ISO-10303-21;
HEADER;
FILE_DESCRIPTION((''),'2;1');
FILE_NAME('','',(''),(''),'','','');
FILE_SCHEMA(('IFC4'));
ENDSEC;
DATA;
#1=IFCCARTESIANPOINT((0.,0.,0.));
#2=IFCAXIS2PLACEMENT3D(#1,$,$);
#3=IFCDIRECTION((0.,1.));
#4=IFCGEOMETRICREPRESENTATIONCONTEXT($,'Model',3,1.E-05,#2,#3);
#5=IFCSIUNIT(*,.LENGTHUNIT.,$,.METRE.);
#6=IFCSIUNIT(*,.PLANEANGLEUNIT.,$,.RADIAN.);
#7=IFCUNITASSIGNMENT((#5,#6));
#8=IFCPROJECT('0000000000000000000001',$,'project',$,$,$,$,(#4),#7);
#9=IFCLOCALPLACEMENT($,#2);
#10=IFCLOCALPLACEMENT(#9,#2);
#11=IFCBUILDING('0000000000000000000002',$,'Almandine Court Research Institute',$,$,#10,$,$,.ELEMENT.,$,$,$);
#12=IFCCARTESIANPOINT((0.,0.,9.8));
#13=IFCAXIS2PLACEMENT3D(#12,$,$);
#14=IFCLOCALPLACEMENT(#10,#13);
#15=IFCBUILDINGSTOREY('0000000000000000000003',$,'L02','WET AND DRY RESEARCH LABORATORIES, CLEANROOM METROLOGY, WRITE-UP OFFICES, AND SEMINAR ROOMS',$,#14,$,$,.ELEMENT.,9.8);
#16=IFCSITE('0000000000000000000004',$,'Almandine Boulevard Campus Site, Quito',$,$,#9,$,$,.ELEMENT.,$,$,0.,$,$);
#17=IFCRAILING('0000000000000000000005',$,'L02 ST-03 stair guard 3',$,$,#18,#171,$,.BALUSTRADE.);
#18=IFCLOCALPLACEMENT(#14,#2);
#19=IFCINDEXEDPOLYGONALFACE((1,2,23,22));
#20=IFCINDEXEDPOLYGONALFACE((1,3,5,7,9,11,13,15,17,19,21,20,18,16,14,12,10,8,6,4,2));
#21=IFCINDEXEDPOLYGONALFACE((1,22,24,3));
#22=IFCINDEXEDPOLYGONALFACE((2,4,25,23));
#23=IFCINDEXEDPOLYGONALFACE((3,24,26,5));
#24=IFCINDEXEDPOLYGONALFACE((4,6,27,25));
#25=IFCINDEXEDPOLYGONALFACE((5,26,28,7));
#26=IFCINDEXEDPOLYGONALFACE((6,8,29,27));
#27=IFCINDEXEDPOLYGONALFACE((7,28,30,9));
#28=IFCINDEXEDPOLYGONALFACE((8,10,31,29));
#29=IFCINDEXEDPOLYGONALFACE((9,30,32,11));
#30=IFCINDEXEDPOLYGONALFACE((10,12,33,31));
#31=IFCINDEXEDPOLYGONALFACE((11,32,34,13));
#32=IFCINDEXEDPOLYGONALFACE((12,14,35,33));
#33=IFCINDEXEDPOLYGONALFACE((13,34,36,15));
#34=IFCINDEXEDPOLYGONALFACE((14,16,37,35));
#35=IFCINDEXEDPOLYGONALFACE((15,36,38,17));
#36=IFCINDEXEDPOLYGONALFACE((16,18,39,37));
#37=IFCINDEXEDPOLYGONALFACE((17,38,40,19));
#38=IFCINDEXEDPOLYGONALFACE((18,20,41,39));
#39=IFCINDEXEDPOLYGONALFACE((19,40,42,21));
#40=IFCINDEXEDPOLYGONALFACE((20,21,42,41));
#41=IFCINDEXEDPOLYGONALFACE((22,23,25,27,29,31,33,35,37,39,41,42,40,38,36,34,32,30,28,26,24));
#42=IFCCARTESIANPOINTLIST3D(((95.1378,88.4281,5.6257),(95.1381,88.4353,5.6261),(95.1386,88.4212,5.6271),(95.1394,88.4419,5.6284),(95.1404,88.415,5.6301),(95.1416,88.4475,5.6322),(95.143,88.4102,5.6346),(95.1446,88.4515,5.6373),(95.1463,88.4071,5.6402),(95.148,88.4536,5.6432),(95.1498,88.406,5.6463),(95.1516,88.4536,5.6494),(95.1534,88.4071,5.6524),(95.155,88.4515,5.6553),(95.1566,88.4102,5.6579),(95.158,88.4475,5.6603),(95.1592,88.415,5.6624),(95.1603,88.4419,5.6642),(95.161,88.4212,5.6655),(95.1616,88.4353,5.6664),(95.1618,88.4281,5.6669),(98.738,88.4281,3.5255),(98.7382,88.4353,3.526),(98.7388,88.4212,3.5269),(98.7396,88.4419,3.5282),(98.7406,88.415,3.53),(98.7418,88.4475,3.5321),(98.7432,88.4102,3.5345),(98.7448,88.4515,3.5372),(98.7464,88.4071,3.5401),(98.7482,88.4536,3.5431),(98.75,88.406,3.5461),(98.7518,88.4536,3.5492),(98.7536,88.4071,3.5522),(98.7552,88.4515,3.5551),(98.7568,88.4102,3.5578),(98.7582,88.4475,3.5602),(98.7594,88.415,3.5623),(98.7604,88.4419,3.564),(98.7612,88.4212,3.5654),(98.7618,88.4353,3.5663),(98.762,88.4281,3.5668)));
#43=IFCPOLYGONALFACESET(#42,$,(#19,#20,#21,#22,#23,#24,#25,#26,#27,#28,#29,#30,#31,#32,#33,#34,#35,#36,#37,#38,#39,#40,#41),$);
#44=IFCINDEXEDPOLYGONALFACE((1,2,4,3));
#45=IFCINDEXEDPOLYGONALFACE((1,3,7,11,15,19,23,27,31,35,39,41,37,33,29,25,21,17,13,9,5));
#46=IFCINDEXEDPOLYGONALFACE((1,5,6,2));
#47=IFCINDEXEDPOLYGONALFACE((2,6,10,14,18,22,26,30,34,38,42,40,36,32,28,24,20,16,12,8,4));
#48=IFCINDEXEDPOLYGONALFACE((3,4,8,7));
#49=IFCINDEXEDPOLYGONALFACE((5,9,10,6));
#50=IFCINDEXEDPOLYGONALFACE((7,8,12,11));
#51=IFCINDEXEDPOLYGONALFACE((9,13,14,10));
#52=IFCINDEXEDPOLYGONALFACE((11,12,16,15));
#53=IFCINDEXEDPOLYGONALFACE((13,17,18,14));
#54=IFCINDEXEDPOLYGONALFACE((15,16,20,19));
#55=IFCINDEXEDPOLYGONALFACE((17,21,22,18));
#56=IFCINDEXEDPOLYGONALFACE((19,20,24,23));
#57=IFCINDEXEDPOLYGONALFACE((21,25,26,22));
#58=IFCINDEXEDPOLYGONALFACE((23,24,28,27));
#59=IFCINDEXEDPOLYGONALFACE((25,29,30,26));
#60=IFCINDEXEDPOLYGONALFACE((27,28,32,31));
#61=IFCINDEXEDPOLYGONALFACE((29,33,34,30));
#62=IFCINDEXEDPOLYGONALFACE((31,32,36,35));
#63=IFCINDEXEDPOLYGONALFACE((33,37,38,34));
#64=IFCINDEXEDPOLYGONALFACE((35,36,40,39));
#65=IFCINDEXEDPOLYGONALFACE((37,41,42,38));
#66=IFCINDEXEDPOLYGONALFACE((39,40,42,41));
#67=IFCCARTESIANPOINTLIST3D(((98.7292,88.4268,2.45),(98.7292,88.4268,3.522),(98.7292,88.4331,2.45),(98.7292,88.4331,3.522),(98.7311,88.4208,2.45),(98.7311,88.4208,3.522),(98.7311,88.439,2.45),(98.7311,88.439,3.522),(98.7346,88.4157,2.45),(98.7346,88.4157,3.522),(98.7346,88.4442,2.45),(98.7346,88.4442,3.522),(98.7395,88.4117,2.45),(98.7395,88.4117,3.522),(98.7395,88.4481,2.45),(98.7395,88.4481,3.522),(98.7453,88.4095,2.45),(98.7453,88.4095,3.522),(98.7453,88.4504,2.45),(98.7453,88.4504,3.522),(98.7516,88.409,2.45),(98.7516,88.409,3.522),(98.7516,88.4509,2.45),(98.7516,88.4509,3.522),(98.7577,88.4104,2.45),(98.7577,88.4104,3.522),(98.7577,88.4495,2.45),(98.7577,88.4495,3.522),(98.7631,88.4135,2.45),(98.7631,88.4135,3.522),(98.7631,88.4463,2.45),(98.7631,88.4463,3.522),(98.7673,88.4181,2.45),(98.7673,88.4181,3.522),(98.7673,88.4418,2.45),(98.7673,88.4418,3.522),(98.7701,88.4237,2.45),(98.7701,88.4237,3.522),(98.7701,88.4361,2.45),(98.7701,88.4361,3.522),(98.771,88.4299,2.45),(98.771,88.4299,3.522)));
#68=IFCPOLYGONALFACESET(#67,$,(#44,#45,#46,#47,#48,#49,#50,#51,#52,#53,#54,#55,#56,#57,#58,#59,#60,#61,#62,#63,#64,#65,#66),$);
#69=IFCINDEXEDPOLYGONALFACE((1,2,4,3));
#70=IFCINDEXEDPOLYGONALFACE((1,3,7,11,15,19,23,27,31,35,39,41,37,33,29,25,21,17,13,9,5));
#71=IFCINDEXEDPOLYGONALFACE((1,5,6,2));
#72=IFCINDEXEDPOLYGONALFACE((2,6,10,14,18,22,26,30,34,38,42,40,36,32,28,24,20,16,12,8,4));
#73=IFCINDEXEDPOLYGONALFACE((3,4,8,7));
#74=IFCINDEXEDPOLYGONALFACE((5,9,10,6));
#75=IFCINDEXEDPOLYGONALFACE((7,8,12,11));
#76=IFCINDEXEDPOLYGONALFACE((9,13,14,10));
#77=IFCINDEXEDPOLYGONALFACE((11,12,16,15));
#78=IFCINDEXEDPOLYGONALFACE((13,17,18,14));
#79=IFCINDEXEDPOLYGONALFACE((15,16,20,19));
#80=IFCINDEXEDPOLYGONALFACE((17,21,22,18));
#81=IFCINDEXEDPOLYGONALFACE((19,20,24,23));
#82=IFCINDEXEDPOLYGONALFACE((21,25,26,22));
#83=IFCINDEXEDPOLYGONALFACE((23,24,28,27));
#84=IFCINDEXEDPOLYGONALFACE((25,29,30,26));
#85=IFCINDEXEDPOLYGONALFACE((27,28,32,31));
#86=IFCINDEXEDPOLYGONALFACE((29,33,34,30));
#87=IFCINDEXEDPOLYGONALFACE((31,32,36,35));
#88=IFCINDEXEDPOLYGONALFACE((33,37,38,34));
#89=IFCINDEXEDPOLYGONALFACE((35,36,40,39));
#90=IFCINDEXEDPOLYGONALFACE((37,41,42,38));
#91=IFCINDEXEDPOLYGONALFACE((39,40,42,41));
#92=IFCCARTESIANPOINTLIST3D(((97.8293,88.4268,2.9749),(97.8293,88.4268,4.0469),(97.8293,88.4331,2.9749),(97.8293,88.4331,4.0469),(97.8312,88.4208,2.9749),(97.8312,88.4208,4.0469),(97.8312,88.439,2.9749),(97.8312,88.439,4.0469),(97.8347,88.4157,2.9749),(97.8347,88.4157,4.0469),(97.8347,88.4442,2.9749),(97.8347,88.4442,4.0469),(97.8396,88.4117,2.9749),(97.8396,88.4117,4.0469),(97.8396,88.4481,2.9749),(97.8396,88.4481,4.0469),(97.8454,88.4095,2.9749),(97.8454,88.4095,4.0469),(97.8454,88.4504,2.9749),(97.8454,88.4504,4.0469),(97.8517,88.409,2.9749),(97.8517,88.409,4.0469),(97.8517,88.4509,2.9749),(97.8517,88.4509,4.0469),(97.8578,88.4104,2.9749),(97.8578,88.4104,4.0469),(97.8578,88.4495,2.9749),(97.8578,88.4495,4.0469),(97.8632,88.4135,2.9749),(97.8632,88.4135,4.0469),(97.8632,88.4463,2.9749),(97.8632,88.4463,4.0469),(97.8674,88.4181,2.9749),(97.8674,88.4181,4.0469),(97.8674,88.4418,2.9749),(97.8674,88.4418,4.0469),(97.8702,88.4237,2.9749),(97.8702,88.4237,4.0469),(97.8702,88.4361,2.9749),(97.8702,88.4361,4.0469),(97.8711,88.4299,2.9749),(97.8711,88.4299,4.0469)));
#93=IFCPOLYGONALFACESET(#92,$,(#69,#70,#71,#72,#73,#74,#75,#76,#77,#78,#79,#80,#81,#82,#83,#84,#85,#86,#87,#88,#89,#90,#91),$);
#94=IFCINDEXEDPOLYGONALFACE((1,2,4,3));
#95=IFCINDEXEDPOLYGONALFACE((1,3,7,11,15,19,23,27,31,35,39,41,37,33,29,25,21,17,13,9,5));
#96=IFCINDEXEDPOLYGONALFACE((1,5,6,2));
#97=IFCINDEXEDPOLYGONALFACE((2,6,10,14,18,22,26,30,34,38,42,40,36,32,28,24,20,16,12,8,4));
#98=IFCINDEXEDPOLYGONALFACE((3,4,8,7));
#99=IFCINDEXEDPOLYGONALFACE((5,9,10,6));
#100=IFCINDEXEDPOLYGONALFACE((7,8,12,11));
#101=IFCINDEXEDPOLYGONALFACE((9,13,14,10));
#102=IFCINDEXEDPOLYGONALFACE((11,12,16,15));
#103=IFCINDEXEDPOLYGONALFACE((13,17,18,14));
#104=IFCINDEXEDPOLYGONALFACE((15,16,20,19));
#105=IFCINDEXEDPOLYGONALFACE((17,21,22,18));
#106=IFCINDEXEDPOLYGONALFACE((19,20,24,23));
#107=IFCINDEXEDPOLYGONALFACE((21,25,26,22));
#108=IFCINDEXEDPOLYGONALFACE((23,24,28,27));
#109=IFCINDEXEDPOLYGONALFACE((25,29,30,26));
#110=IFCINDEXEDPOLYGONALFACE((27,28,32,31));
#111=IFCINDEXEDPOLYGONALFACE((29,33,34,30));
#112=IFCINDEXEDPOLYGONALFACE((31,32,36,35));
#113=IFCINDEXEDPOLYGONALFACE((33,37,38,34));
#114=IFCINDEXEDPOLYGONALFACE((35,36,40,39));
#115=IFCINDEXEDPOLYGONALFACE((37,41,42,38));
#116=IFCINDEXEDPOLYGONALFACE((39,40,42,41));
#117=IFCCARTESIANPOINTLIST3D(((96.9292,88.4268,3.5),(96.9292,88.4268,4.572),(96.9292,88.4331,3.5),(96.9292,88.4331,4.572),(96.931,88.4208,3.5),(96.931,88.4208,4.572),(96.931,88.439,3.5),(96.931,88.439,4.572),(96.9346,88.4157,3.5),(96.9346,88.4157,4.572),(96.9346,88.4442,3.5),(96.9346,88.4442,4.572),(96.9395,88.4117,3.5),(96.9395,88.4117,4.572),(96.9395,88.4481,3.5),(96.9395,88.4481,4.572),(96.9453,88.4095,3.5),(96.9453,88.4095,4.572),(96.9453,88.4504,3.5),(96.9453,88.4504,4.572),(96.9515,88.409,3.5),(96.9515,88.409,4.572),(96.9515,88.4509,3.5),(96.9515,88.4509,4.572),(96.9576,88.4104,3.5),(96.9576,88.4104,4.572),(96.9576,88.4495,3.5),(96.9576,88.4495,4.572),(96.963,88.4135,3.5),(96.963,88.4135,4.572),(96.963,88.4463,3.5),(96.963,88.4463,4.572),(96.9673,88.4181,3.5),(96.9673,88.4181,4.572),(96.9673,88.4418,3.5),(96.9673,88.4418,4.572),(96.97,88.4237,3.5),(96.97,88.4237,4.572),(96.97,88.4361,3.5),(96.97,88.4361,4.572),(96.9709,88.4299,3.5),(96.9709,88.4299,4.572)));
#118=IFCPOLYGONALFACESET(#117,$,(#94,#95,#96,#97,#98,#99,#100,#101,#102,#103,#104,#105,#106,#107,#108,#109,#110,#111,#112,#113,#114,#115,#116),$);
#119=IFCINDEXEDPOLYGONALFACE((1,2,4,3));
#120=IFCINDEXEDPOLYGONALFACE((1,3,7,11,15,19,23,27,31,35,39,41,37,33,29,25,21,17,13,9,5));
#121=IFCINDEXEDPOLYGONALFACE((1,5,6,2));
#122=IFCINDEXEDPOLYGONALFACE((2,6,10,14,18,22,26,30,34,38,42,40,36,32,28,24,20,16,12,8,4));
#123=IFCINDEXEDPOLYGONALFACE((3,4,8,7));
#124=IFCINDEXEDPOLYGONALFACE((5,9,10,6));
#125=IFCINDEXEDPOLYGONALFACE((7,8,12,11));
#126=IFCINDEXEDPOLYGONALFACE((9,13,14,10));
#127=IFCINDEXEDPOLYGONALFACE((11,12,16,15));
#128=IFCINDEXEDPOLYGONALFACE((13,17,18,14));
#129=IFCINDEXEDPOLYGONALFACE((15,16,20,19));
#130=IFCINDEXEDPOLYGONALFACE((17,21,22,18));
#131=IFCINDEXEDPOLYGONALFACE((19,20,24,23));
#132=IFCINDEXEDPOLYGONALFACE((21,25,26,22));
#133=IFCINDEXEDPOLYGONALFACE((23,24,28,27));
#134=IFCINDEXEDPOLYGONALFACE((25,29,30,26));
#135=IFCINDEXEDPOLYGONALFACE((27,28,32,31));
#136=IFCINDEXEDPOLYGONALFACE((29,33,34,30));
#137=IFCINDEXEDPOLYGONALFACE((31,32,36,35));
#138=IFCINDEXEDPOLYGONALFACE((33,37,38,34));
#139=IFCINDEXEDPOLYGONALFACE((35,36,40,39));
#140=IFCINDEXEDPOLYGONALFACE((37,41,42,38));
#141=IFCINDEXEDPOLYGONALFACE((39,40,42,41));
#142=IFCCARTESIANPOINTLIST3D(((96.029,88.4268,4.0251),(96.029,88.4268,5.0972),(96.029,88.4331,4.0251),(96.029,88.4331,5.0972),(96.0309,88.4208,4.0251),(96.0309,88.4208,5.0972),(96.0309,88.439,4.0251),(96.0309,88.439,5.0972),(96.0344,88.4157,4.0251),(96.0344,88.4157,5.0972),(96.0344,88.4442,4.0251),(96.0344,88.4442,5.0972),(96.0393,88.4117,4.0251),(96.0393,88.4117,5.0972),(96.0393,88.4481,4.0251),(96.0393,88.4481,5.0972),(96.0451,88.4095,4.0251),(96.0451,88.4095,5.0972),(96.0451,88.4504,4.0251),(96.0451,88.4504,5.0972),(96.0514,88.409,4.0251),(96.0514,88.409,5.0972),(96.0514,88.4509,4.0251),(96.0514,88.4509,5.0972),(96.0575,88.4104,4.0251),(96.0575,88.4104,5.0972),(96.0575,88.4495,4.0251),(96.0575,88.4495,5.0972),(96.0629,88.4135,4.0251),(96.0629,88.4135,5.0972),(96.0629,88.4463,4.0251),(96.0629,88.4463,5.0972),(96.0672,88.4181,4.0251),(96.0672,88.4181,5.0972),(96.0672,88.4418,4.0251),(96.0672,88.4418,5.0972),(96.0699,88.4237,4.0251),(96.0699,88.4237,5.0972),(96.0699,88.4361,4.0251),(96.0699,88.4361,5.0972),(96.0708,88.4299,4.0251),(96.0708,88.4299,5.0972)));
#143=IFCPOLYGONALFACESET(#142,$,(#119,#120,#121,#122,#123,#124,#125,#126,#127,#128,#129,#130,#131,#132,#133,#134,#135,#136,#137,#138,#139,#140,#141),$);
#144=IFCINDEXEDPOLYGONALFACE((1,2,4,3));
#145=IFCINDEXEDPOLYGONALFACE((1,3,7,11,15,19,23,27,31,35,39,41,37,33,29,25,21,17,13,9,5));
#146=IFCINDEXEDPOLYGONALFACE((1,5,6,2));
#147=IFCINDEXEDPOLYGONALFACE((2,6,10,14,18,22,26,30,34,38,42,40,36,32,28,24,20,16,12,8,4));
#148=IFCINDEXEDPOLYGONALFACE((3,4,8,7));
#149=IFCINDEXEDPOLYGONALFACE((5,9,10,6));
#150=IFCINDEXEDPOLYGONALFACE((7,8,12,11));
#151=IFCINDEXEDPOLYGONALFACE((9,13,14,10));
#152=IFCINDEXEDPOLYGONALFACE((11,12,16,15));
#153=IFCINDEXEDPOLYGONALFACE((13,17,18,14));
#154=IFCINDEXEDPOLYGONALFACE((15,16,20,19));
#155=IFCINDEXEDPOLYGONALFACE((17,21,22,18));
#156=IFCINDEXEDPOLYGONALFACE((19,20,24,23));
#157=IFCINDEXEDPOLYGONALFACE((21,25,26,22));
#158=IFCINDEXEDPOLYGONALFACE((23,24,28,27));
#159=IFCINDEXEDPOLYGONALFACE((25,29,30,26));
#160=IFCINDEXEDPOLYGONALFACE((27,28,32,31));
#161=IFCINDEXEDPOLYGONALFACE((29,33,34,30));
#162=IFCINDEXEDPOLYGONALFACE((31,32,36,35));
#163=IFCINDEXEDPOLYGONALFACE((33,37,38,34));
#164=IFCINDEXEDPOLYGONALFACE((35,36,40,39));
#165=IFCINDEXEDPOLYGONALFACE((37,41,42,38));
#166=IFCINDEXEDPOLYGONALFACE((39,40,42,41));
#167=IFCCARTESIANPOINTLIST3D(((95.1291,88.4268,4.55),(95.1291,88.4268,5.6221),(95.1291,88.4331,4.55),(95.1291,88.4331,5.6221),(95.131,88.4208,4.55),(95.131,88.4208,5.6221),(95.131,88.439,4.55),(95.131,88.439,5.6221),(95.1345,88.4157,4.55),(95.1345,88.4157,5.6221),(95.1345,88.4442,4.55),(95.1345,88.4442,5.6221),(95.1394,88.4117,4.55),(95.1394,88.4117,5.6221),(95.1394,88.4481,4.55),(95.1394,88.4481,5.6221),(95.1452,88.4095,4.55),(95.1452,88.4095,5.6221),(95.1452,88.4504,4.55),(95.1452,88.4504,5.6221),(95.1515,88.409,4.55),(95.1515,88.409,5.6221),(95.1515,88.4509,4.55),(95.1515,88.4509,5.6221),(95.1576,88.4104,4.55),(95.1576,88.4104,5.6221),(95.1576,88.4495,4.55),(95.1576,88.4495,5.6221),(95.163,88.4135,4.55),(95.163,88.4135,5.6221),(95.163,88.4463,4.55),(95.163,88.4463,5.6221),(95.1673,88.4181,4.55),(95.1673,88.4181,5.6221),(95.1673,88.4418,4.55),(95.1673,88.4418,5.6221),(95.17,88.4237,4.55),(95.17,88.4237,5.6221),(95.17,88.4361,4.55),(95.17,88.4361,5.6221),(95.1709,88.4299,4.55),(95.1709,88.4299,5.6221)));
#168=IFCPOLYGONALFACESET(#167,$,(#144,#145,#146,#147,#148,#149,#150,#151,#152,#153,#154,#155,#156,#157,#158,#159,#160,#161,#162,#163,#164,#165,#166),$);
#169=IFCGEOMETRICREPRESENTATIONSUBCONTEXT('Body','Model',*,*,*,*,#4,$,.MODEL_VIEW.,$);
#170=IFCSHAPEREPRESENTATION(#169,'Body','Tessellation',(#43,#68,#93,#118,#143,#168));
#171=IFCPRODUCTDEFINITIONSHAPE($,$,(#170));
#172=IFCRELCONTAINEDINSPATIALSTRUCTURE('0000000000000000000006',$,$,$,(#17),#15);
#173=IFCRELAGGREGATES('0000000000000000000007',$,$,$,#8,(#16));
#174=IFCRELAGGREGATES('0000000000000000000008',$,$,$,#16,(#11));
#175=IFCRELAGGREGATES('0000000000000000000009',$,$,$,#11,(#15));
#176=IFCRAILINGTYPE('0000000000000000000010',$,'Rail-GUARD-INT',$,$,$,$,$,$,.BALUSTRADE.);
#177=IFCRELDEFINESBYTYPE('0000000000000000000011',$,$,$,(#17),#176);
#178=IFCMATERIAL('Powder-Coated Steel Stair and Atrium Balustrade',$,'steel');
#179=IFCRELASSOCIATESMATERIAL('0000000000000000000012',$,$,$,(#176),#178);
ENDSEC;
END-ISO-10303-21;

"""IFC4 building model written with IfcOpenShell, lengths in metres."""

from ifc_helpers import new_model, si_unit, direction, frame, origin, origin_2d, place, context, subcontext, project, spatial, circle, extrude, material, type_object, element, save


model = new_model("IFC4")

# Units and contexts
model_context = context("Model", 3, precision=1e-05, world=origin(), true_north=direction((0.0, 1.0)))
body_context = subcontext(model_context, "Body", "Model", "MODEL_VIEW")
ifc_project = project(units=[si_unit("LENGTHUNIT", "METRE"), si_unit("PLANEANGLEUNIT", "RADIAN")], contexts=[model_context])

# Site, building, storey
site_placement = place(None, origin())
site = spatial("IfcSite", under=ifc_project, at=site_placement, Name="Almandine Boulevard Campus Site, Quito", CompositionType="ELEMENT", RefElevation=0.0)
building_placement = place(site_placement, origin())
building = spatial("IfcBuilding", under=site, at=building_placement, Name="Almandine Court Research Institute", CompositionType="ELEMENT")
storey_placement = place(building_placement, frame((0.0, 0.0, 9.8)))
storey = spatial("IfcBuildingStorey", under=building, at=storey_placement, Name="L02", Description="WET AND DRY RESEARCH LABORATORIES, CLEANROOM METROLOGY, WRITE-UP OFFICES, AND SEMINAR ROOMS", CompositionType="ELEMENT", Elevation=9.8)

# Railing
ifc_material_1 = material(Name="Powder-Coated Steel Stair and Atrium Balustrade", Category="steel")
railing_type_1 = type_object("IfcRailingType", Name="Rail-GUARD-INT", PredefinedType="BALUSTRADE", material=ifc_material_1)
railing_1_placement = place(storey_placement, frame((98.75, 88.4299, 2.45)))
element("IfcRailing", 1, at=railing_1_placement, inside=storey, type_object=railing_type_1, Name="L02 ST-03 stair guard 3", PredefinedType="BALUSTRADE", context=body_context, shape_type="SweptSolid", body=[
    extrude(circle(Radius=0.0239, at=origin_2d()), frame((0.0, 0.0, 1.0962), z_axis=(-0.863775, 0.0, 0.503878), x_axis=(0.0, -1.0, 0.0)), (0.0, 0.0, 1.0), 4.168),
    extrude(circle(Radius=0.021, at=origin_2d()), origin(), (0.0, 0.0, 1.0), 1.072),
    extrude(circle(Radius=0.021, at=origin_2d()), frame((-0.8999, 0.0, 0.5249)), (0.0, 0.0, 1.0), 1.072),
    extrude(circle(Radius=0.021, at=origin_2d()), frame((-1.8, 0.0, 1.05)), (0.0, 0.0, 1.0), 1.072),
    extrude(circle(Radius=0.021, at=origin_2d()), frame((-2.7002, 0.0, 1.5752)), (0.0, 0.0, 1.0), 1.072),
    extrude(circle(Radius=0.021, at=origin_2d()), frame((-3.6001, 0.0, 2.1001)), (0.0, 0.0, 1.0), 1.072),
])

save(model, "model.ifc")
